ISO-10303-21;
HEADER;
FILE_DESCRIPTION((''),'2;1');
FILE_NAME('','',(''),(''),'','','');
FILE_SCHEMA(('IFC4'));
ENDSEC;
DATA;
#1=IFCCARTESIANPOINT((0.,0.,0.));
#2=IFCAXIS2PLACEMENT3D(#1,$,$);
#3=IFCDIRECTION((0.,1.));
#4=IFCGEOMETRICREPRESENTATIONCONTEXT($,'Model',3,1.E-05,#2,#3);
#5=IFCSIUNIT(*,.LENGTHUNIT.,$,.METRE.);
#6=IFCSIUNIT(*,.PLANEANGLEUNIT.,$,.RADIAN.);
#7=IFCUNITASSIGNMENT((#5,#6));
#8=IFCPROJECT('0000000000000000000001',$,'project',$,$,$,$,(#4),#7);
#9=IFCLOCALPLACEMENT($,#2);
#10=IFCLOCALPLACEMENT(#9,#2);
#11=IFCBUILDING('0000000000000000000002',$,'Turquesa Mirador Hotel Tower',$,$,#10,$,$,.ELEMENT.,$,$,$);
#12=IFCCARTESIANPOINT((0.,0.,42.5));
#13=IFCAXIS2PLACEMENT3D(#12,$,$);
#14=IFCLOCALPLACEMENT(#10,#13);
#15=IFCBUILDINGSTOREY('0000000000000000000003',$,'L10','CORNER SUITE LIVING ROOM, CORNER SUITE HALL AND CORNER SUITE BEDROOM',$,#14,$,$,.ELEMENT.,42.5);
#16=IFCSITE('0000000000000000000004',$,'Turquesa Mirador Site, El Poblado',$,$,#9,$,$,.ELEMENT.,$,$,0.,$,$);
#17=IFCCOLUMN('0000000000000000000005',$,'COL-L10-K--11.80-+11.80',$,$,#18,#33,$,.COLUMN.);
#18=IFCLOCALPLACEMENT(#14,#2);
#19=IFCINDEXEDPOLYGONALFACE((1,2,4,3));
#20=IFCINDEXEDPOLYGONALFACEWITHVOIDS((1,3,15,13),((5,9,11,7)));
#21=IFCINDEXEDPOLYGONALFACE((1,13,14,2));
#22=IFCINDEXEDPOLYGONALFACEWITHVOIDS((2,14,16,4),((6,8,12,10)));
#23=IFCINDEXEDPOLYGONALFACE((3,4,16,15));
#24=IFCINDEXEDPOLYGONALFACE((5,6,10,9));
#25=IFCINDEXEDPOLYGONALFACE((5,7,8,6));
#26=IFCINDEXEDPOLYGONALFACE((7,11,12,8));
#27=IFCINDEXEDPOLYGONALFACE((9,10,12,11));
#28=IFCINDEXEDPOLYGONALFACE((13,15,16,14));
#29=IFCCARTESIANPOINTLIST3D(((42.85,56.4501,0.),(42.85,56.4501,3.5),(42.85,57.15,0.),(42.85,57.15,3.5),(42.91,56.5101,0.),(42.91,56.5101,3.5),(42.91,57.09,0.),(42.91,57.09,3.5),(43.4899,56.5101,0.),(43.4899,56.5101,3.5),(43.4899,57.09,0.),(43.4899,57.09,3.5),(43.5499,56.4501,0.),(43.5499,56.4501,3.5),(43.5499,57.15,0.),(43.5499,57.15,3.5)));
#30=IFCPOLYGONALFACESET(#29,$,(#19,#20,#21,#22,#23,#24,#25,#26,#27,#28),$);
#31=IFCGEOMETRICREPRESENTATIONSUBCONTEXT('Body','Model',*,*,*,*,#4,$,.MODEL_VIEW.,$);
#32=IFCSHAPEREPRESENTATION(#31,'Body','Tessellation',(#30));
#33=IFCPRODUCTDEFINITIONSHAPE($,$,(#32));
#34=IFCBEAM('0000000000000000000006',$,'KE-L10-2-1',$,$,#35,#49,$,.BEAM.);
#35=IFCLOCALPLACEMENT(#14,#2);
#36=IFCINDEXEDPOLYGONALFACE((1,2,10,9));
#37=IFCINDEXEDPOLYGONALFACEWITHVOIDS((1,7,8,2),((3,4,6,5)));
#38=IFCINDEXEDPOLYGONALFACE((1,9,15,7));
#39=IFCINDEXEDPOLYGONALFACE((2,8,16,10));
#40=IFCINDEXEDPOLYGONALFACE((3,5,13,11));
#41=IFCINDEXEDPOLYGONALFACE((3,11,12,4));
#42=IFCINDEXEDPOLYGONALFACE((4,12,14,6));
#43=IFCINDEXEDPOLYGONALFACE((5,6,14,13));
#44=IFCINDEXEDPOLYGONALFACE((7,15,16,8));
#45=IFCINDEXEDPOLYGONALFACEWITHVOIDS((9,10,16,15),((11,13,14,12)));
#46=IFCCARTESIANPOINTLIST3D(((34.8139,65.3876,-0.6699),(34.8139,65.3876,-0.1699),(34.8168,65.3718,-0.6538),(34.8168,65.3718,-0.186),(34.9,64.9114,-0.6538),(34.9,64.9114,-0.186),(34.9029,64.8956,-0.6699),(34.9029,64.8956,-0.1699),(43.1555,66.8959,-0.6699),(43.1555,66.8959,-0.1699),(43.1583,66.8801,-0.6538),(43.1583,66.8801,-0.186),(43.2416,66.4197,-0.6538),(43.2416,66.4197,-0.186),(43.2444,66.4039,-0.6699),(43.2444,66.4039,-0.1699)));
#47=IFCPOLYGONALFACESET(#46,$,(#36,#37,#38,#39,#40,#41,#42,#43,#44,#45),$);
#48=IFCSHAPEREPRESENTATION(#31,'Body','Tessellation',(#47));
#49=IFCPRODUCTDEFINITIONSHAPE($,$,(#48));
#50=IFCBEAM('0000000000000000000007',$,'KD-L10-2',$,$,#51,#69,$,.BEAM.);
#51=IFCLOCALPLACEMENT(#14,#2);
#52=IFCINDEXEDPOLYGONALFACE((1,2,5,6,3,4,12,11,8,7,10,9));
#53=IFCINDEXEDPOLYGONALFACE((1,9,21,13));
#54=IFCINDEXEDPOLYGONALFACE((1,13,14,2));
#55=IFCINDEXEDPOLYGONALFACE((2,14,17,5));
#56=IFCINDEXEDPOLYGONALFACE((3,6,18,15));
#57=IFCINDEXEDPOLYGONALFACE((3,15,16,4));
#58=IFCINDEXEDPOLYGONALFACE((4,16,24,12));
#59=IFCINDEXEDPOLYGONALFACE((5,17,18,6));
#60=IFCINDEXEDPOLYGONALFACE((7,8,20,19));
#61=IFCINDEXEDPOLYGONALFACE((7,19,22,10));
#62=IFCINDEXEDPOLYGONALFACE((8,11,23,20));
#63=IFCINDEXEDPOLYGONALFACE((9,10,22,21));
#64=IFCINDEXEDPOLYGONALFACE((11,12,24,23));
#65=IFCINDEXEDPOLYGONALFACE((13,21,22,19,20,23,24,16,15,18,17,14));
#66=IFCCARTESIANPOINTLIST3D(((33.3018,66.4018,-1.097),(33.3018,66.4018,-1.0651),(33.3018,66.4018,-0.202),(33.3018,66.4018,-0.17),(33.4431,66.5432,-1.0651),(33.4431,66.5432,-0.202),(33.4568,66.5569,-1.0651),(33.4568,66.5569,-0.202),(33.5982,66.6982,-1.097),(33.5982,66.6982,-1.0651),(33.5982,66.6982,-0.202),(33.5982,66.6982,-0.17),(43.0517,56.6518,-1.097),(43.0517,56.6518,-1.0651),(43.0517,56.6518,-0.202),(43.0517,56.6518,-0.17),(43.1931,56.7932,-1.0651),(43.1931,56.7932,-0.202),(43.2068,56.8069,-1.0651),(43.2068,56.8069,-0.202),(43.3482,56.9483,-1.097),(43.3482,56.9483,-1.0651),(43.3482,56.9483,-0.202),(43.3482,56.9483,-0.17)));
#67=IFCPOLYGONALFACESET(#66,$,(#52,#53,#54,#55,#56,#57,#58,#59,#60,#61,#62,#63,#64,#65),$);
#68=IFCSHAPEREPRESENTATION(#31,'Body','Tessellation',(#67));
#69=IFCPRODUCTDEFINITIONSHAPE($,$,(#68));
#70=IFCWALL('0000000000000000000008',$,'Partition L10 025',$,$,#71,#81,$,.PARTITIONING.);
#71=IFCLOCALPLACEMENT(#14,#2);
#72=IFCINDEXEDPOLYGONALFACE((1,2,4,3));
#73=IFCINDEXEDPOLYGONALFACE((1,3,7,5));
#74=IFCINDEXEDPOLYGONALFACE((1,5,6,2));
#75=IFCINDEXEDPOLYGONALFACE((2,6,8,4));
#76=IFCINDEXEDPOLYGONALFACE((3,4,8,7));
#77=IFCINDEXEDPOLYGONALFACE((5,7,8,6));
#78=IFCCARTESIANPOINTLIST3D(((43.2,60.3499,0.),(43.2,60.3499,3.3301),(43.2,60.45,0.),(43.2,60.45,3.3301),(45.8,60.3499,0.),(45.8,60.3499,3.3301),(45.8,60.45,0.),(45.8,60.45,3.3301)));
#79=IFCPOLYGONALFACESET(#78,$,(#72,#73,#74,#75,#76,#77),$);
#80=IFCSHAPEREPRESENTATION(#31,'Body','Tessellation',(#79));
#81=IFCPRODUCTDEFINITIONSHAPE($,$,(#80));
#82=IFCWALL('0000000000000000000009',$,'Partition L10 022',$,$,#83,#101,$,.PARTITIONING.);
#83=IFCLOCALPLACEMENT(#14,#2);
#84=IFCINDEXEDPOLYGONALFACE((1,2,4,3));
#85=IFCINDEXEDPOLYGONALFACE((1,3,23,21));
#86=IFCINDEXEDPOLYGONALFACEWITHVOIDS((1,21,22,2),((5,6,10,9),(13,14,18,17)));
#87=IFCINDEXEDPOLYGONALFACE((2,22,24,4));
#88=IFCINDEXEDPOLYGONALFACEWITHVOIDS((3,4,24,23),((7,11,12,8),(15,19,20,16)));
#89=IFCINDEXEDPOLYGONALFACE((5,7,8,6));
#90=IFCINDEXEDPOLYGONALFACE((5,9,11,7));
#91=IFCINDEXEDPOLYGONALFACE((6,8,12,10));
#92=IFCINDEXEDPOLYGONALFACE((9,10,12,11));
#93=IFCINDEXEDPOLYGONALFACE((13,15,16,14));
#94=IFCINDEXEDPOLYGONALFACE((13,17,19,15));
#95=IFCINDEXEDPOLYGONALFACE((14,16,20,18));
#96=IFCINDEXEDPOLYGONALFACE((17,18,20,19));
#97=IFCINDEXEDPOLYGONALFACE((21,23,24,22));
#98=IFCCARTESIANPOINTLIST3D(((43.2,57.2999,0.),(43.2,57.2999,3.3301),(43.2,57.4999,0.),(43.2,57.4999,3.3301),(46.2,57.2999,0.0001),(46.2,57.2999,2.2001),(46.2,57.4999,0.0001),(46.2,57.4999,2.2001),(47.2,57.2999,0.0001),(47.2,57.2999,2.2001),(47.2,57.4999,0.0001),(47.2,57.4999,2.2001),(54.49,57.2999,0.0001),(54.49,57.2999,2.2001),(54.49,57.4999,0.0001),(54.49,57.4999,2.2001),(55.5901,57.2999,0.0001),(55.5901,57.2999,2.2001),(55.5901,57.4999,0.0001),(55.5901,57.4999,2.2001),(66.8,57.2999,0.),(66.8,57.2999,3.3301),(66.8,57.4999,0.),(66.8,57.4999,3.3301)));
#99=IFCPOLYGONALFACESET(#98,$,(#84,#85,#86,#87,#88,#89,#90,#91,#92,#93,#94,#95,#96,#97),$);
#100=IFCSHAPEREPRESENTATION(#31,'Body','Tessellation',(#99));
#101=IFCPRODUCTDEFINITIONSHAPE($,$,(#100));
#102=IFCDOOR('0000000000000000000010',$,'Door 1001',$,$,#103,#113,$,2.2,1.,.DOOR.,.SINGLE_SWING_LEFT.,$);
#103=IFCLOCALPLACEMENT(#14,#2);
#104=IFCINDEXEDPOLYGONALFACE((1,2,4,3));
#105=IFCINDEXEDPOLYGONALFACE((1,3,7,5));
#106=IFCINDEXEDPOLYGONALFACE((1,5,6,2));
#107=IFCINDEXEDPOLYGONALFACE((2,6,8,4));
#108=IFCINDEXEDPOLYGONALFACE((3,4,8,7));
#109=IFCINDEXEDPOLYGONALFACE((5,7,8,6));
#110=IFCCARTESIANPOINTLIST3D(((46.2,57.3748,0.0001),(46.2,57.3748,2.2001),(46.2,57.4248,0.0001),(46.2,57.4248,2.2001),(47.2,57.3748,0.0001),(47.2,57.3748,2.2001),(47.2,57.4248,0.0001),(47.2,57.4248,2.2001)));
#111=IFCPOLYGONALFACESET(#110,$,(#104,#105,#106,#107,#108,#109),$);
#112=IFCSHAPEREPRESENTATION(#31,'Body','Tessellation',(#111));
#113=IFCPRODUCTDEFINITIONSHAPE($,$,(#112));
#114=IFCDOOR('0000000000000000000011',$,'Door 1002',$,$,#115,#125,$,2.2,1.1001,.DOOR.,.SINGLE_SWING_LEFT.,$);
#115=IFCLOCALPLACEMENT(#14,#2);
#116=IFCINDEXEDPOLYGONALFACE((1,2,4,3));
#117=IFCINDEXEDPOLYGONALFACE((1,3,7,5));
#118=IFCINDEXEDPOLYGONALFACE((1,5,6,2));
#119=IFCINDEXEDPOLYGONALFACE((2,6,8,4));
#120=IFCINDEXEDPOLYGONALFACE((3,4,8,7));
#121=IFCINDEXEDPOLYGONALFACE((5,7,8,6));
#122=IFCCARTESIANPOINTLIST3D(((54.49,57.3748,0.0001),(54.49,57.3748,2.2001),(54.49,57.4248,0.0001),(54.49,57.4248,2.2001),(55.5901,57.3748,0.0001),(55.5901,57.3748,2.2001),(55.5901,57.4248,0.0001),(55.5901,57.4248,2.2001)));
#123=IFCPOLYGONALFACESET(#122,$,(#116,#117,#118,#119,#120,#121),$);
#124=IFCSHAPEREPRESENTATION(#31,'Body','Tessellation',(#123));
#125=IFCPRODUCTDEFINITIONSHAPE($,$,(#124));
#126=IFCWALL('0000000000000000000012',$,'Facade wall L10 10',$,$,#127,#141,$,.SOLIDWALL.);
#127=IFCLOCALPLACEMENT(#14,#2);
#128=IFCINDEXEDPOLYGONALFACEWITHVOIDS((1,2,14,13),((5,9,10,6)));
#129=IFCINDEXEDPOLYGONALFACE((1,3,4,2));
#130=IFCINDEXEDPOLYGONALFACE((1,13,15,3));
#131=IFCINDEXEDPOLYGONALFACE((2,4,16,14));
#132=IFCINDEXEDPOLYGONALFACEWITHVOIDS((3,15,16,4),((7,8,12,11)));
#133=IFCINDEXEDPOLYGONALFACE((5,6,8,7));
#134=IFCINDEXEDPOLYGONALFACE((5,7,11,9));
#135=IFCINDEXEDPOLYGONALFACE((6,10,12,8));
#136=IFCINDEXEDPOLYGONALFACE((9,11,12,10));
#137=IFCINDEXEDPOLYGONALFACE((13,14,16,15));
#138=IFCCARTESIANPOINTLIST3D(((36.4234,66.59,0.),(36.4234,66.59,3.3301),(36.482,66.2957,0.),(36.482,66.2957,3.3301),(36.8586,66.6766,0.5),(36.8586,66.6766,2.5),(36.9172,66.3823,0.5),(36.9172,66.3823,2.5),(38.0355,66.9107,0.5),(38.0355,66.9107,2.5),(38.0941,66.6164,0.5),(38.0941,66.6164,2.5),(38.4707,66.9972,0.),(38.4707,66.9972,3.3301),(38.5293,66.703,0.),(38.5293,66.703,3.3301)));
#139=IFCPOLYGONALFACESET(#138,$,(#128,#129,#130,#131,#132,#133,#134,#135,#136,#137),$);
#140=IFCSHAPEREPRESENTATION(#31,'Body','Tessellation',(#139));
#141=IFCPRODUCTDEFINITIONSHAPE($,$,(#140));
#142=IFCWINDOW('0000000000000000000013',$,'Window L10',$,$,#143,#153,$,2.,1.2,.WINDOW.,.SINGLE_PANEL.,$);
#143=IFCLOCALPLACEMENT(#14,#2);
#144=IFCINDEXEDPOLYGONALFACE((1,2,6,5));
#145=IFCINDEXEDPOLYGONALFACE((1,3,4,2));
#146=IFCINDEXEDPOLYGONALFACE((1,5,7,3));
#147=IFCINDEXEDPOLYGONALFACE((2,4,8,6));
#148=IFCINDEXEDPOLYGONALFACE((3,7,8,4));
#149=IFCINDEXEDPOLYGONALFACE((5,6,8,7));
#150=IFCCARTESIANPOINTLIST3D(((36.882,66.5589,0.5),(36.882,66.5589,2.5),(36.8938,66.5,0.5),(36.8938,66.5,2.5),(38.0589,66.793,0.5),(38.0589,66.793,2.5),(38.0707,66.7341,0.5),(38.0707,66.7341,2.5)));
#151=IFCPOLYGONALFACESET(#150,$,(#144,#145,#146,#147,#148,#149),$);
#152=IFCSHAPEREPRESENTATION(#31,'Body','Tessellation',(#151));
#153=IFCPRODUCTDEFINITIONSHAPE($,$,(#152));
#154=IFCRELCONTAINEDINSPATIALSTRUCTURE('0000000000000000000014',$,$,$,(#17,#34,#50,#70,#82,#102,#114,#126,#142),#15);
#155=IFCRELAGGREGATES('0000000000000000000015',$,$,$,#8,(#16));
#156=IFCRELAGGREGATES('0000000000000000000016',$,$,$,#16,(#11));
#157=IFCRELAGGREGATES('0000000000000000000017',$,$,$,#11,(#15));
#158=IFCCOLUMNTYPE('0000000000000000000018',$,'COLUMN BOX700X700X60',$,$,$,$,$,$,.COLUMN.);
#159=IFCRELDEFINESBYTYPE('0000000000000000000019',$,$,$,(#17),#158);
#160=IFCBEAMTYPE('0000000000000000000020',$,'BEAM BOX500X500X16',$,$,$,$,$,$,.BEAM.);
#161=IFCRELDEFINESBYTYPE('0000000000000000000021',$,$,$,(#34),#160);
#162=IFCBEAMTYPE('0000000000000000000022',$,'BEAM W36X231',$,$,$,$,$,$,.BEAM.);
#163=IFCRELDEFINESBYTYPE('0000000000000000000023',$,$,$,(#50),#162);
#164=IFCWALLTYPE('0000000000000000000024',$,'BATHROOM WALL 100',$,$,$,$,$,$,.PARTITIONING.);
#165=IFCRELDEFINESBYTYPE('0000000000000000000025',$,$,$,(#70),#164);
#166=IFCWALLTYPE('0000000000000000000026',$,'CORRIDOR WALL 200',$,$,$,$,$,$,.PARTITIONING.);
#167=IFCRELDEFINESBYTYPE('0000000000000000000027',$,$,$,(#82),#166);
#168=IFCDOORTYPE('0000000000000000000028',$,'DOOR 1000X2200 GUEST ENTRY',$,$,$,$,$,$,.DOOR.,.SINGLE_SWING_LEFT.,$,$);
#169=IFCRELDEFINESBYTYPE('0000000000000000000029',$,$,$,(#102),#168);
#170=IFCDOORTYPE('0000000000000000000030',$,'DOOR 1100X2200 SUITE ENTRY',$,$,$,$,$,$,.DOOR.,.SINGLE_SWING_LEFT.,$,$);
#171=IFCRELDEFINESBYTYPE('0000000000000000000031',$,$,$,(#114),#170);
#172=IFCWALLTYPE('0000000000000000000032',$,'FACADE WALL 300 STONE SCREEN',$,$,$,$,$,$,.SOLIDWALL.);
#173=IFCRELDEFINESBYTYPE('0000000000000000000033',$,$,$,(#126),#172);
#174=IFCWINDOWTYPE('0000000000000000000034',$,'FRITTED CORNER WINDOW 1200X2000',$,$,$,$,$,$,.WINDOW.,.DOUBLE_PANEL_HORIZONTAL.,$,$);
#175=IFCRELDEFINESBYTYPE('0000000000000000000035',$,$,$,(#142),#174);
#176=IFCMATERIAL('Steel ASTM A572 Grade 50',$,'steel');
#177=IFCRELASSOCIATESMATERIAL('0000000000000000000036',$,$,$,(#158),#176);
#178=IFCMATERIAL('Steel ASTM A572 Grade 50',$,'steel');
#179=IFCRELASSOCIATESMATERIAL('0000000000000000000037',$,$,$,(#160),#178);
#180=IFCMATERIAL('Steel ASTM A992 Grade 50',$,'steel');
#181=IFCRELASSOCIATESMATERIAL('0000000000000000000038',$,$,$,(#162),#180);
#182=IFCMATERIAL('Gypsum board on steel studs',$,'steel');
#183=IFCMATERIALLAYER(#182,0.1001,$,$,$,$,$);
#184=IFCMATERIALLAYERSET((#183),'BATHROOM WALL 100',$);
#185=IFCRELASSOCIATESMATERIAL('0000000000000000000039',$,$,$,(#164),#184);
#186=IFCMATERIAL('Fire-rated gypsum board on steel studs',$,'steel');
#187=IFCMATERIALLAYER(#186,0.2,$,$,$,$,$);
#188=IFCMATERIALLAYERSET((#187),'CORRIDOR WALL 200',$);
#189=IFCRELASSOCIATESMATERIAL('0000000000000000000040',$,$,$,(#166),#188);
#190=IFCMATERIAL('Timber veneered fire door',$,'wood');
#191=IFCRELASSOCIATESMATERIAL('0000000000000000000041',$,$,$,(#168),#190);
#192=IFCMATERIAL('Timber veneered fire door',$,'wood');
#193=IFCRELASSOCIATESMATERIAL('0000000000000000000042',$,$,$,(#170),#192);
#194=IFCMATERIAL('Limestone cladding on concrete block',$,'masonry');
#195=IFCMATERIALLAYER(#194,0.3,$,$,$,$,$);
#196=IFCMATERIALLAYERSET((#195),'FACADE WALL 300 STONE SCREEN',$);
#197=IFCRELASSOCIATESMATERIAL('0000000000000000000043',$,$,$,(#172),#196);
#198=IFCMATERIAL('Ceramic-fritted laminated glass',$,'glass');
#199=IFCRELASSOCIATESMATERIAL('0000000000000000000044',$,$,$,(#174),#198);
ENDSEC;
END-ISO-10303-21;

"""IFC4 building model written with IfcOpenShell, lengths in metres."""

from ifc_helpers import new_model, si_unit, direction, frame, frame_2d, origin, origin_2d, place, context, subcontext, project, spatial, rectangle, hollow_rectangle, i_section, extrude, material, layer, layer_set, material_profile, profile_set, type_object, element, fill, save


model = new_model("IFC4")

# Units and contexts
model_context = context("Model", 3, precision=1e-05, world=origin(), true_north=direction((0.0, 1.0)))
body_context = subcontext(model_context, "Body", "Model", "MODEL_VIEW")
ifc_project = project(units=[si_unit("LENGTHUNIT", "METRE"), si_unit("PLANEANGLEUNIT", "RADIAN")], contexts=[model_context])

# Site, building, storey
site_placement = place(None, origin())
site = spatial("IfcSite", under=ifc_project, at=site_placement, Name="Turquesa Mirador Site, El Poblado", CompositionType="ELEMENT", RefElevation=0.0)
building_placement = place(site_placement, origin())
building = spatial("IfcBuilding", under=site, at=building_placement, Name="Turquesa Mirador Hotel Tower", CompositionType="ELEMENT")
storey_placement = place(building_placement, frame((0.0, 0.0, 42.5)))
storey = spatial("IfcBuildingStorey", under=building, at=storey_placement, Name="L10", Description="CORNER SUITE LIVING ROOM, CORNER SUITE HALL AND CORNER SUITE BEDROOM", CompositionType="ELEMENT", Elevation=42.5)

# Column
ifc_material_1 = material(Name="Steel ASTM A572 Grade 50", Category="steel")
ifc_material_profile_1 = material_profile(ifc_material_1, hollow_rectangle(XDim=0.7, YDim=0.7, WallThickness=0.0601, at=origin_2d()), Name="BOX700X700X60")
ifc_profile_set_1 = profile_set([ifc_material_profile_1], Name="Steel ASTM A572 Grade 50")
column_type = type_object("IfcColumnType", Name="COLUMN BOX700X700X60", PredefinedType="COLUMN", material=ifc_profile_set_1)
column_placement = place(storey_placement, frame((43.2, 56.8, 0.0), z_axis=(0.0, 0.0, 1.0), x_axis=(1.0, 0.0, 0.0)))
element("IfcColumn", 1, at=column_placement, inside=storey, type_object=column_type, Name="COL-L10-K--11.80-+11.80", PredefinedType="COLUMN", context=body_context, shape_type="SweptSolid", body=[
    extrude(hollow_rectangle(XDim=0.7, YDim=0.7, WallThickness=0.0601, at=origin_2d()), origin(), (0.0, 0.0, 1.0), 3.5),
])

# Beams
ifc_material_2 = material(Name="Steel ASTM A572 Grade 50", Category="steel")
ifc_material_profile_2 = material_profile(ifc_material_2, hollow_rectangle(XDim=0.5, YDim=0.5, WallThickness=0.0161, at=origin_2d()), Name="BOX500X500X16")
ifc_profile_set_2 = profile_set([ifc_material_profile_2], Name="Steel ASTM A572 Grade 50")
beam_type_1 = type_object("IfcBeamType", Name="BEAM BOX500X500X16", PredefinedType="BEAM", material=ifc_profile_set_2)
beam_1_placement = place(storey_placement, frame((34.8584, 65.1416, -0.4199), z_axis=(0.984043, 0.177932, 0.0), x_axis=(-0.177932, 0.984043, 0.0)))
element("IfcBeam", 2, at=beam_1_placement, inside=storey, type_object=beam_type_1, Name="KE-L10-2-1", PredefinedType="BEAM", context=body_context, shape_type="SweptSolid", body=[
    extrude(hollow_rectangle(XDim=0.5, YDim=0.5, WallThickness=0.0161, at=origin_2d()), origin(), (0.0, 0.0, 1.0), 8.4768),
])
ifc_material_3 = material(Name="Steel ASTM A992 Grade 50", Category="steel")
ifc_material_profile_3 = material_profile(ifc_material_3, i_section(OverallWidth=0.4192, OverallDepth=0.927, WebThickness=0.0193, FlangeThickness=0.032, at=origin_2d()), Name="W36X231")
ifc_profile_set_3 = profile_set([ifc_material_profile_3], Name="Steel ASTM A992 Grade 50")
beam_type_2 = type_object("IfcBeamType", Name="BEAM W36X231", PredefinedType="BEAM", material=ifc_profile_set_3)
beam_2_placement = place(storey_placement, frame((43.2, 56.8, -0.6335), z_axis=(-0.707107, 0.707107, 0.0), x_axis=(-0.707107, -0.707107, 0.0)))
element("IfcBeam", 3, at=beam_2_placement, inside=storey, type_object=beam_type_2, Name="KD-L10-2", PredefinedType="BEAM", context=body_context, shape_type="SweptSolid", body=[
    extrude(i_section(OverallWidth=0.4192, OverallDepth=0.927, WebThickness=0.0193, FlangeThickness=0.032, at=origin_2d()), origin(), (0.0, 0.0, 1.0), 13.7886),
])

# Wall
ifc_material_4 = material(Name="Gypsum board on steel studs", Category="steel")
ifc_layer_1 = layer(ifc_material_4, 0.1001)
ifc_layer_set_1 = layer_set([ifc_layer_1], Name="BATHROOM WALL 100")
wall_type_1 = type_object("IfcWallType", Name="BATHROOM WALL 100", PredefinedType="PARTITIONING", material=ifc_layer_set_1)
wall_1_placement = place(storey_placement, frame((43.2, 60.3999, 0.0), z_axis=(0.0, 0.0, 1.0), x_axis=(1.0, 0.0, 0.0)))
element("IfcWall", 4, at=wall_1_placement, inside=storey, type_object=wall_type_1, Name="Partition L10 025", PredefinedType="PARTITIONING", context=body_context, shape_type="SweptSolid", body=[
    extrude(rectangle(XDim=2.6001, YDim=0.1001, at=frame_2d((1.3, 0.0))), origin(), (0.0, 0.0, 1.0), 3.3301),
])

# Wall, openings, doors
ifc_material_5 = material(Name="Fire-rated gypsum board on steel studs", Category="steel")
ifc_layer_2 = layer(ifc_material_5, 0.2)
ifc_layer_set_2 = layer_set([ifc_layer_2], Name="CORRIDOR WALL 200")
wall_type_2 = type_object("IfcWallType", Name="CORRIDOR WALL 200", PredefinedType="PARTITIONING", material=ifc_layer_set_2)
wall_2_placement = place(storey_placement, frame((43.2, 57.3999, 0.0), z_axis=(0.0, 0.0, 1.0), x_axis=(1.0, 0.0, 0.0)))
wall_2 = element("IfcWall", 5, at=wall_2_placement, inside=storey, type_object=wall_type_2, Name="Partition L10 022", PredefinedType="PARTITIONING", context=body_context, shape_type="SweptSolid", body=[
    extrude(rectangle(XDim=23.6001, YDim=0.2, at=frame_2d((11.8, 0.0))), origin(), (0.0, 0.0, 1.0), 3.3301),
])
opening_1_placement = place(wall_2_placement, frame((3.0, 0.0, 0.0)))
opening_1 = element("IfcOpeningElement", 6, at=opening_1_placement, cuts=wall_2, PredefinedType="OPENING", context=body_context, shape_type="SweptSolid", body=[
    extrude(rectangle(XDim=1.0, YDim=2.2, at=frame_2d((0.5, 1.1001))), frame((0.0, 0.1099, 0.0), z_axis=(0.0, -1.0, 0.0), x_axis=(1.0, 0.0, 0.0)), (0.0, 0.0, 1.0), 0.22),
])
opening_2_placement = place(wall_2_placement, frame((11.29, 0.0, 0.0)))
opening_2 = element("IfcOpeningElement", 7, at=opening_2_placement, cuts=wall_2, PredefinedType="OPENING", context=body_context, shape_type="SweptSolid", body=[
    extrude(rectangle(XDim=1.1001, YDim=2.2, at=frame_2d((0.55, 1.1001))), frame((0.0, 0.1099, 0.0), z_axis=(0.0, -1.0, 0.0), x_axis=(1.0, 0.0, 0.0)), (0.0, 0.0, 1.0), 0.22),
])
ifc_material_6 = material(Name="Timber veneered fire door", Category="wood")
door_type_1 = type_object("IfcDoorType", Name="DOOR 1000X2200 GUEST ENTRY", OperationType="SINGLE_SWING_LEFT", PredefinedType="DOOR", material=ifc_material_6)
door_1_placement = place(opening_1_placement, origin())
door_1 = element("IfcDoor", 8, at=door_1_placement, inside=storey, type_object=door_type_1, Name="Door 1001", OperationType="SINGLE_SWING_LEFT", OverallHeight=2.2, OverallWidth=1.0, PredefinedType="DOOR", context=body_context, shape_type="SweptSolid", body=[
    extrude(rectangle(XDim=1.0, YDim=2.2, at=frame_2d((0.5, 1.1001))), frame((0.0, 0.0249, 0.0), z_axis=(0.0, -1.0, 0.0), x_axis=(1.0, 0.0, 0.0)), (0.0, 0.0, 1.0), 0.05),
])
fill(opening_1, door_1)
ifc_material_7 = material(Name="Timber veneered fire door", Category="wood")
door_type_2 = type_object("IfcDoorType", Name="DOOR 1100X2200 SUITE ENTRY", OperationType="SINGLE_SWING_LEFT", PredefinedType="DOOR", material=ifc_material_7)
door_2_placement = place(opening_2_placement, origin())
door_2 = element("IfcDoor", 9, at=door_2_placement, inside=storey, type_object=door_type_2, Name="Door 1002", OperationType="SINGLE_SWING_LEFT", OverallHeight=2.2, OverallWidth=1.1001, PredefinedType="DOOR", context=body_context, shape_type="SweptSolid", body=[
    extrude(rectangle(XDim=1.1001, YDim=2.2, at=frame_2d((0.55, 1.1001))), frame((0.0, 0.0249, 0.0), z_axis=(0.0, -1.0, 0.0), x_axis=(1.0, 0.0, 0.0)), (0.0, 0.0, 1.0), 0.05),
])
fill(opening_2, door_2)

# Wall, opening, window
ifc_material_8 = material(Name="Limestone cladding on concrete block", Category="masonry")
ifc_layer_3 = layer(ifc_material_8, 0.3)
ifc_layer_set_3 = layer_set([ifc_layer_3], Name="FACADE WALL 300 STONE SCREEN")
wall_type_3 = type_object("IfcWallType", Name="FACADE WALL 300 STONE SCREEN", PredefinedType="SOLIDWALL", material=ifc_layer_set_3)
wall_3_placement = place(storey_placement, frame((38.5, 66.8501, 0.0), z_axis=(0.0, 0.0, 1.0), x_axis=(-0.980787, -0.195081, 0.0)))
wall_3 = element("IfcWall", 10, at=wall_3_placement, inside=storey, type_object=wall_type_3, Name="Facade wall L10 10", PredefinedType="SOLIDWALL", context=body_context, shape_type="SweptSolid", body=[
    extrude(rectangle(XDim=2.0874, YDim=0.3, at=frame_2d((1.0437, 0.0))), origin(), (0.0, 0.0, 1.0), 3.3301),
])
opening_3_placement = place(wall_3_placement, frame((0.4436, 0.0, 0.5)))
opening_3 = element("IfcOpeningElement", 11, at=opening_3_placement, cuts=wall_3, PredefinedType="OPENING", context=body_context, shape_type="SweptSolid", body=[
    extrude(rectangle(XDim=1.2, YDim=2.0, at=frame_2d((0.6001, 1.0))), frame((0.0, 0.1599, 0.0), z_axis=(0.0, -1.0, 0.0), x_axis=(1.0, 0.0, 0.0)), (0.0, 0.0, 1.0), 0.3201),
])
ifc_material_9 = material(Name="Ceramic-fritted laminated glass", Category="glass")
window_type = type_object("IfcWindowType", Name="FRITTED CORNER WINDOW 1200X2000", PartitioningType="DOUBLE_PANEL_HORIZONTAL", PredefinedType="WINDOW", material=ifc_material_9)
window_1_placement = place(opening_3_placement, origin())
window_1 = element("IfcWindow", 12, at=window_1_placement, inside=storey, type_object=window_type, Name="Window L10", OverallHeight=2.0, OverallWidth=1.2, PartitioningType="SINGLE_PANEL", PredefinedType="WINDOW", context=body_context, shape_type="SweptSolid", body=[
    extrude(rectangle(XDim=1.2, YDim=2.0, at=frame_2d((0.6001, 1.0))), frame((0.0, 0.03, 0.0), z_axis=(0.0, -1.0, 0.0), x_axis=(1.0, 0.0, 0.0)), (0.0, 0.0, 1.0), 0.0601),
])
fill(opening_3, window_1)

save(model, "model.ifc")
